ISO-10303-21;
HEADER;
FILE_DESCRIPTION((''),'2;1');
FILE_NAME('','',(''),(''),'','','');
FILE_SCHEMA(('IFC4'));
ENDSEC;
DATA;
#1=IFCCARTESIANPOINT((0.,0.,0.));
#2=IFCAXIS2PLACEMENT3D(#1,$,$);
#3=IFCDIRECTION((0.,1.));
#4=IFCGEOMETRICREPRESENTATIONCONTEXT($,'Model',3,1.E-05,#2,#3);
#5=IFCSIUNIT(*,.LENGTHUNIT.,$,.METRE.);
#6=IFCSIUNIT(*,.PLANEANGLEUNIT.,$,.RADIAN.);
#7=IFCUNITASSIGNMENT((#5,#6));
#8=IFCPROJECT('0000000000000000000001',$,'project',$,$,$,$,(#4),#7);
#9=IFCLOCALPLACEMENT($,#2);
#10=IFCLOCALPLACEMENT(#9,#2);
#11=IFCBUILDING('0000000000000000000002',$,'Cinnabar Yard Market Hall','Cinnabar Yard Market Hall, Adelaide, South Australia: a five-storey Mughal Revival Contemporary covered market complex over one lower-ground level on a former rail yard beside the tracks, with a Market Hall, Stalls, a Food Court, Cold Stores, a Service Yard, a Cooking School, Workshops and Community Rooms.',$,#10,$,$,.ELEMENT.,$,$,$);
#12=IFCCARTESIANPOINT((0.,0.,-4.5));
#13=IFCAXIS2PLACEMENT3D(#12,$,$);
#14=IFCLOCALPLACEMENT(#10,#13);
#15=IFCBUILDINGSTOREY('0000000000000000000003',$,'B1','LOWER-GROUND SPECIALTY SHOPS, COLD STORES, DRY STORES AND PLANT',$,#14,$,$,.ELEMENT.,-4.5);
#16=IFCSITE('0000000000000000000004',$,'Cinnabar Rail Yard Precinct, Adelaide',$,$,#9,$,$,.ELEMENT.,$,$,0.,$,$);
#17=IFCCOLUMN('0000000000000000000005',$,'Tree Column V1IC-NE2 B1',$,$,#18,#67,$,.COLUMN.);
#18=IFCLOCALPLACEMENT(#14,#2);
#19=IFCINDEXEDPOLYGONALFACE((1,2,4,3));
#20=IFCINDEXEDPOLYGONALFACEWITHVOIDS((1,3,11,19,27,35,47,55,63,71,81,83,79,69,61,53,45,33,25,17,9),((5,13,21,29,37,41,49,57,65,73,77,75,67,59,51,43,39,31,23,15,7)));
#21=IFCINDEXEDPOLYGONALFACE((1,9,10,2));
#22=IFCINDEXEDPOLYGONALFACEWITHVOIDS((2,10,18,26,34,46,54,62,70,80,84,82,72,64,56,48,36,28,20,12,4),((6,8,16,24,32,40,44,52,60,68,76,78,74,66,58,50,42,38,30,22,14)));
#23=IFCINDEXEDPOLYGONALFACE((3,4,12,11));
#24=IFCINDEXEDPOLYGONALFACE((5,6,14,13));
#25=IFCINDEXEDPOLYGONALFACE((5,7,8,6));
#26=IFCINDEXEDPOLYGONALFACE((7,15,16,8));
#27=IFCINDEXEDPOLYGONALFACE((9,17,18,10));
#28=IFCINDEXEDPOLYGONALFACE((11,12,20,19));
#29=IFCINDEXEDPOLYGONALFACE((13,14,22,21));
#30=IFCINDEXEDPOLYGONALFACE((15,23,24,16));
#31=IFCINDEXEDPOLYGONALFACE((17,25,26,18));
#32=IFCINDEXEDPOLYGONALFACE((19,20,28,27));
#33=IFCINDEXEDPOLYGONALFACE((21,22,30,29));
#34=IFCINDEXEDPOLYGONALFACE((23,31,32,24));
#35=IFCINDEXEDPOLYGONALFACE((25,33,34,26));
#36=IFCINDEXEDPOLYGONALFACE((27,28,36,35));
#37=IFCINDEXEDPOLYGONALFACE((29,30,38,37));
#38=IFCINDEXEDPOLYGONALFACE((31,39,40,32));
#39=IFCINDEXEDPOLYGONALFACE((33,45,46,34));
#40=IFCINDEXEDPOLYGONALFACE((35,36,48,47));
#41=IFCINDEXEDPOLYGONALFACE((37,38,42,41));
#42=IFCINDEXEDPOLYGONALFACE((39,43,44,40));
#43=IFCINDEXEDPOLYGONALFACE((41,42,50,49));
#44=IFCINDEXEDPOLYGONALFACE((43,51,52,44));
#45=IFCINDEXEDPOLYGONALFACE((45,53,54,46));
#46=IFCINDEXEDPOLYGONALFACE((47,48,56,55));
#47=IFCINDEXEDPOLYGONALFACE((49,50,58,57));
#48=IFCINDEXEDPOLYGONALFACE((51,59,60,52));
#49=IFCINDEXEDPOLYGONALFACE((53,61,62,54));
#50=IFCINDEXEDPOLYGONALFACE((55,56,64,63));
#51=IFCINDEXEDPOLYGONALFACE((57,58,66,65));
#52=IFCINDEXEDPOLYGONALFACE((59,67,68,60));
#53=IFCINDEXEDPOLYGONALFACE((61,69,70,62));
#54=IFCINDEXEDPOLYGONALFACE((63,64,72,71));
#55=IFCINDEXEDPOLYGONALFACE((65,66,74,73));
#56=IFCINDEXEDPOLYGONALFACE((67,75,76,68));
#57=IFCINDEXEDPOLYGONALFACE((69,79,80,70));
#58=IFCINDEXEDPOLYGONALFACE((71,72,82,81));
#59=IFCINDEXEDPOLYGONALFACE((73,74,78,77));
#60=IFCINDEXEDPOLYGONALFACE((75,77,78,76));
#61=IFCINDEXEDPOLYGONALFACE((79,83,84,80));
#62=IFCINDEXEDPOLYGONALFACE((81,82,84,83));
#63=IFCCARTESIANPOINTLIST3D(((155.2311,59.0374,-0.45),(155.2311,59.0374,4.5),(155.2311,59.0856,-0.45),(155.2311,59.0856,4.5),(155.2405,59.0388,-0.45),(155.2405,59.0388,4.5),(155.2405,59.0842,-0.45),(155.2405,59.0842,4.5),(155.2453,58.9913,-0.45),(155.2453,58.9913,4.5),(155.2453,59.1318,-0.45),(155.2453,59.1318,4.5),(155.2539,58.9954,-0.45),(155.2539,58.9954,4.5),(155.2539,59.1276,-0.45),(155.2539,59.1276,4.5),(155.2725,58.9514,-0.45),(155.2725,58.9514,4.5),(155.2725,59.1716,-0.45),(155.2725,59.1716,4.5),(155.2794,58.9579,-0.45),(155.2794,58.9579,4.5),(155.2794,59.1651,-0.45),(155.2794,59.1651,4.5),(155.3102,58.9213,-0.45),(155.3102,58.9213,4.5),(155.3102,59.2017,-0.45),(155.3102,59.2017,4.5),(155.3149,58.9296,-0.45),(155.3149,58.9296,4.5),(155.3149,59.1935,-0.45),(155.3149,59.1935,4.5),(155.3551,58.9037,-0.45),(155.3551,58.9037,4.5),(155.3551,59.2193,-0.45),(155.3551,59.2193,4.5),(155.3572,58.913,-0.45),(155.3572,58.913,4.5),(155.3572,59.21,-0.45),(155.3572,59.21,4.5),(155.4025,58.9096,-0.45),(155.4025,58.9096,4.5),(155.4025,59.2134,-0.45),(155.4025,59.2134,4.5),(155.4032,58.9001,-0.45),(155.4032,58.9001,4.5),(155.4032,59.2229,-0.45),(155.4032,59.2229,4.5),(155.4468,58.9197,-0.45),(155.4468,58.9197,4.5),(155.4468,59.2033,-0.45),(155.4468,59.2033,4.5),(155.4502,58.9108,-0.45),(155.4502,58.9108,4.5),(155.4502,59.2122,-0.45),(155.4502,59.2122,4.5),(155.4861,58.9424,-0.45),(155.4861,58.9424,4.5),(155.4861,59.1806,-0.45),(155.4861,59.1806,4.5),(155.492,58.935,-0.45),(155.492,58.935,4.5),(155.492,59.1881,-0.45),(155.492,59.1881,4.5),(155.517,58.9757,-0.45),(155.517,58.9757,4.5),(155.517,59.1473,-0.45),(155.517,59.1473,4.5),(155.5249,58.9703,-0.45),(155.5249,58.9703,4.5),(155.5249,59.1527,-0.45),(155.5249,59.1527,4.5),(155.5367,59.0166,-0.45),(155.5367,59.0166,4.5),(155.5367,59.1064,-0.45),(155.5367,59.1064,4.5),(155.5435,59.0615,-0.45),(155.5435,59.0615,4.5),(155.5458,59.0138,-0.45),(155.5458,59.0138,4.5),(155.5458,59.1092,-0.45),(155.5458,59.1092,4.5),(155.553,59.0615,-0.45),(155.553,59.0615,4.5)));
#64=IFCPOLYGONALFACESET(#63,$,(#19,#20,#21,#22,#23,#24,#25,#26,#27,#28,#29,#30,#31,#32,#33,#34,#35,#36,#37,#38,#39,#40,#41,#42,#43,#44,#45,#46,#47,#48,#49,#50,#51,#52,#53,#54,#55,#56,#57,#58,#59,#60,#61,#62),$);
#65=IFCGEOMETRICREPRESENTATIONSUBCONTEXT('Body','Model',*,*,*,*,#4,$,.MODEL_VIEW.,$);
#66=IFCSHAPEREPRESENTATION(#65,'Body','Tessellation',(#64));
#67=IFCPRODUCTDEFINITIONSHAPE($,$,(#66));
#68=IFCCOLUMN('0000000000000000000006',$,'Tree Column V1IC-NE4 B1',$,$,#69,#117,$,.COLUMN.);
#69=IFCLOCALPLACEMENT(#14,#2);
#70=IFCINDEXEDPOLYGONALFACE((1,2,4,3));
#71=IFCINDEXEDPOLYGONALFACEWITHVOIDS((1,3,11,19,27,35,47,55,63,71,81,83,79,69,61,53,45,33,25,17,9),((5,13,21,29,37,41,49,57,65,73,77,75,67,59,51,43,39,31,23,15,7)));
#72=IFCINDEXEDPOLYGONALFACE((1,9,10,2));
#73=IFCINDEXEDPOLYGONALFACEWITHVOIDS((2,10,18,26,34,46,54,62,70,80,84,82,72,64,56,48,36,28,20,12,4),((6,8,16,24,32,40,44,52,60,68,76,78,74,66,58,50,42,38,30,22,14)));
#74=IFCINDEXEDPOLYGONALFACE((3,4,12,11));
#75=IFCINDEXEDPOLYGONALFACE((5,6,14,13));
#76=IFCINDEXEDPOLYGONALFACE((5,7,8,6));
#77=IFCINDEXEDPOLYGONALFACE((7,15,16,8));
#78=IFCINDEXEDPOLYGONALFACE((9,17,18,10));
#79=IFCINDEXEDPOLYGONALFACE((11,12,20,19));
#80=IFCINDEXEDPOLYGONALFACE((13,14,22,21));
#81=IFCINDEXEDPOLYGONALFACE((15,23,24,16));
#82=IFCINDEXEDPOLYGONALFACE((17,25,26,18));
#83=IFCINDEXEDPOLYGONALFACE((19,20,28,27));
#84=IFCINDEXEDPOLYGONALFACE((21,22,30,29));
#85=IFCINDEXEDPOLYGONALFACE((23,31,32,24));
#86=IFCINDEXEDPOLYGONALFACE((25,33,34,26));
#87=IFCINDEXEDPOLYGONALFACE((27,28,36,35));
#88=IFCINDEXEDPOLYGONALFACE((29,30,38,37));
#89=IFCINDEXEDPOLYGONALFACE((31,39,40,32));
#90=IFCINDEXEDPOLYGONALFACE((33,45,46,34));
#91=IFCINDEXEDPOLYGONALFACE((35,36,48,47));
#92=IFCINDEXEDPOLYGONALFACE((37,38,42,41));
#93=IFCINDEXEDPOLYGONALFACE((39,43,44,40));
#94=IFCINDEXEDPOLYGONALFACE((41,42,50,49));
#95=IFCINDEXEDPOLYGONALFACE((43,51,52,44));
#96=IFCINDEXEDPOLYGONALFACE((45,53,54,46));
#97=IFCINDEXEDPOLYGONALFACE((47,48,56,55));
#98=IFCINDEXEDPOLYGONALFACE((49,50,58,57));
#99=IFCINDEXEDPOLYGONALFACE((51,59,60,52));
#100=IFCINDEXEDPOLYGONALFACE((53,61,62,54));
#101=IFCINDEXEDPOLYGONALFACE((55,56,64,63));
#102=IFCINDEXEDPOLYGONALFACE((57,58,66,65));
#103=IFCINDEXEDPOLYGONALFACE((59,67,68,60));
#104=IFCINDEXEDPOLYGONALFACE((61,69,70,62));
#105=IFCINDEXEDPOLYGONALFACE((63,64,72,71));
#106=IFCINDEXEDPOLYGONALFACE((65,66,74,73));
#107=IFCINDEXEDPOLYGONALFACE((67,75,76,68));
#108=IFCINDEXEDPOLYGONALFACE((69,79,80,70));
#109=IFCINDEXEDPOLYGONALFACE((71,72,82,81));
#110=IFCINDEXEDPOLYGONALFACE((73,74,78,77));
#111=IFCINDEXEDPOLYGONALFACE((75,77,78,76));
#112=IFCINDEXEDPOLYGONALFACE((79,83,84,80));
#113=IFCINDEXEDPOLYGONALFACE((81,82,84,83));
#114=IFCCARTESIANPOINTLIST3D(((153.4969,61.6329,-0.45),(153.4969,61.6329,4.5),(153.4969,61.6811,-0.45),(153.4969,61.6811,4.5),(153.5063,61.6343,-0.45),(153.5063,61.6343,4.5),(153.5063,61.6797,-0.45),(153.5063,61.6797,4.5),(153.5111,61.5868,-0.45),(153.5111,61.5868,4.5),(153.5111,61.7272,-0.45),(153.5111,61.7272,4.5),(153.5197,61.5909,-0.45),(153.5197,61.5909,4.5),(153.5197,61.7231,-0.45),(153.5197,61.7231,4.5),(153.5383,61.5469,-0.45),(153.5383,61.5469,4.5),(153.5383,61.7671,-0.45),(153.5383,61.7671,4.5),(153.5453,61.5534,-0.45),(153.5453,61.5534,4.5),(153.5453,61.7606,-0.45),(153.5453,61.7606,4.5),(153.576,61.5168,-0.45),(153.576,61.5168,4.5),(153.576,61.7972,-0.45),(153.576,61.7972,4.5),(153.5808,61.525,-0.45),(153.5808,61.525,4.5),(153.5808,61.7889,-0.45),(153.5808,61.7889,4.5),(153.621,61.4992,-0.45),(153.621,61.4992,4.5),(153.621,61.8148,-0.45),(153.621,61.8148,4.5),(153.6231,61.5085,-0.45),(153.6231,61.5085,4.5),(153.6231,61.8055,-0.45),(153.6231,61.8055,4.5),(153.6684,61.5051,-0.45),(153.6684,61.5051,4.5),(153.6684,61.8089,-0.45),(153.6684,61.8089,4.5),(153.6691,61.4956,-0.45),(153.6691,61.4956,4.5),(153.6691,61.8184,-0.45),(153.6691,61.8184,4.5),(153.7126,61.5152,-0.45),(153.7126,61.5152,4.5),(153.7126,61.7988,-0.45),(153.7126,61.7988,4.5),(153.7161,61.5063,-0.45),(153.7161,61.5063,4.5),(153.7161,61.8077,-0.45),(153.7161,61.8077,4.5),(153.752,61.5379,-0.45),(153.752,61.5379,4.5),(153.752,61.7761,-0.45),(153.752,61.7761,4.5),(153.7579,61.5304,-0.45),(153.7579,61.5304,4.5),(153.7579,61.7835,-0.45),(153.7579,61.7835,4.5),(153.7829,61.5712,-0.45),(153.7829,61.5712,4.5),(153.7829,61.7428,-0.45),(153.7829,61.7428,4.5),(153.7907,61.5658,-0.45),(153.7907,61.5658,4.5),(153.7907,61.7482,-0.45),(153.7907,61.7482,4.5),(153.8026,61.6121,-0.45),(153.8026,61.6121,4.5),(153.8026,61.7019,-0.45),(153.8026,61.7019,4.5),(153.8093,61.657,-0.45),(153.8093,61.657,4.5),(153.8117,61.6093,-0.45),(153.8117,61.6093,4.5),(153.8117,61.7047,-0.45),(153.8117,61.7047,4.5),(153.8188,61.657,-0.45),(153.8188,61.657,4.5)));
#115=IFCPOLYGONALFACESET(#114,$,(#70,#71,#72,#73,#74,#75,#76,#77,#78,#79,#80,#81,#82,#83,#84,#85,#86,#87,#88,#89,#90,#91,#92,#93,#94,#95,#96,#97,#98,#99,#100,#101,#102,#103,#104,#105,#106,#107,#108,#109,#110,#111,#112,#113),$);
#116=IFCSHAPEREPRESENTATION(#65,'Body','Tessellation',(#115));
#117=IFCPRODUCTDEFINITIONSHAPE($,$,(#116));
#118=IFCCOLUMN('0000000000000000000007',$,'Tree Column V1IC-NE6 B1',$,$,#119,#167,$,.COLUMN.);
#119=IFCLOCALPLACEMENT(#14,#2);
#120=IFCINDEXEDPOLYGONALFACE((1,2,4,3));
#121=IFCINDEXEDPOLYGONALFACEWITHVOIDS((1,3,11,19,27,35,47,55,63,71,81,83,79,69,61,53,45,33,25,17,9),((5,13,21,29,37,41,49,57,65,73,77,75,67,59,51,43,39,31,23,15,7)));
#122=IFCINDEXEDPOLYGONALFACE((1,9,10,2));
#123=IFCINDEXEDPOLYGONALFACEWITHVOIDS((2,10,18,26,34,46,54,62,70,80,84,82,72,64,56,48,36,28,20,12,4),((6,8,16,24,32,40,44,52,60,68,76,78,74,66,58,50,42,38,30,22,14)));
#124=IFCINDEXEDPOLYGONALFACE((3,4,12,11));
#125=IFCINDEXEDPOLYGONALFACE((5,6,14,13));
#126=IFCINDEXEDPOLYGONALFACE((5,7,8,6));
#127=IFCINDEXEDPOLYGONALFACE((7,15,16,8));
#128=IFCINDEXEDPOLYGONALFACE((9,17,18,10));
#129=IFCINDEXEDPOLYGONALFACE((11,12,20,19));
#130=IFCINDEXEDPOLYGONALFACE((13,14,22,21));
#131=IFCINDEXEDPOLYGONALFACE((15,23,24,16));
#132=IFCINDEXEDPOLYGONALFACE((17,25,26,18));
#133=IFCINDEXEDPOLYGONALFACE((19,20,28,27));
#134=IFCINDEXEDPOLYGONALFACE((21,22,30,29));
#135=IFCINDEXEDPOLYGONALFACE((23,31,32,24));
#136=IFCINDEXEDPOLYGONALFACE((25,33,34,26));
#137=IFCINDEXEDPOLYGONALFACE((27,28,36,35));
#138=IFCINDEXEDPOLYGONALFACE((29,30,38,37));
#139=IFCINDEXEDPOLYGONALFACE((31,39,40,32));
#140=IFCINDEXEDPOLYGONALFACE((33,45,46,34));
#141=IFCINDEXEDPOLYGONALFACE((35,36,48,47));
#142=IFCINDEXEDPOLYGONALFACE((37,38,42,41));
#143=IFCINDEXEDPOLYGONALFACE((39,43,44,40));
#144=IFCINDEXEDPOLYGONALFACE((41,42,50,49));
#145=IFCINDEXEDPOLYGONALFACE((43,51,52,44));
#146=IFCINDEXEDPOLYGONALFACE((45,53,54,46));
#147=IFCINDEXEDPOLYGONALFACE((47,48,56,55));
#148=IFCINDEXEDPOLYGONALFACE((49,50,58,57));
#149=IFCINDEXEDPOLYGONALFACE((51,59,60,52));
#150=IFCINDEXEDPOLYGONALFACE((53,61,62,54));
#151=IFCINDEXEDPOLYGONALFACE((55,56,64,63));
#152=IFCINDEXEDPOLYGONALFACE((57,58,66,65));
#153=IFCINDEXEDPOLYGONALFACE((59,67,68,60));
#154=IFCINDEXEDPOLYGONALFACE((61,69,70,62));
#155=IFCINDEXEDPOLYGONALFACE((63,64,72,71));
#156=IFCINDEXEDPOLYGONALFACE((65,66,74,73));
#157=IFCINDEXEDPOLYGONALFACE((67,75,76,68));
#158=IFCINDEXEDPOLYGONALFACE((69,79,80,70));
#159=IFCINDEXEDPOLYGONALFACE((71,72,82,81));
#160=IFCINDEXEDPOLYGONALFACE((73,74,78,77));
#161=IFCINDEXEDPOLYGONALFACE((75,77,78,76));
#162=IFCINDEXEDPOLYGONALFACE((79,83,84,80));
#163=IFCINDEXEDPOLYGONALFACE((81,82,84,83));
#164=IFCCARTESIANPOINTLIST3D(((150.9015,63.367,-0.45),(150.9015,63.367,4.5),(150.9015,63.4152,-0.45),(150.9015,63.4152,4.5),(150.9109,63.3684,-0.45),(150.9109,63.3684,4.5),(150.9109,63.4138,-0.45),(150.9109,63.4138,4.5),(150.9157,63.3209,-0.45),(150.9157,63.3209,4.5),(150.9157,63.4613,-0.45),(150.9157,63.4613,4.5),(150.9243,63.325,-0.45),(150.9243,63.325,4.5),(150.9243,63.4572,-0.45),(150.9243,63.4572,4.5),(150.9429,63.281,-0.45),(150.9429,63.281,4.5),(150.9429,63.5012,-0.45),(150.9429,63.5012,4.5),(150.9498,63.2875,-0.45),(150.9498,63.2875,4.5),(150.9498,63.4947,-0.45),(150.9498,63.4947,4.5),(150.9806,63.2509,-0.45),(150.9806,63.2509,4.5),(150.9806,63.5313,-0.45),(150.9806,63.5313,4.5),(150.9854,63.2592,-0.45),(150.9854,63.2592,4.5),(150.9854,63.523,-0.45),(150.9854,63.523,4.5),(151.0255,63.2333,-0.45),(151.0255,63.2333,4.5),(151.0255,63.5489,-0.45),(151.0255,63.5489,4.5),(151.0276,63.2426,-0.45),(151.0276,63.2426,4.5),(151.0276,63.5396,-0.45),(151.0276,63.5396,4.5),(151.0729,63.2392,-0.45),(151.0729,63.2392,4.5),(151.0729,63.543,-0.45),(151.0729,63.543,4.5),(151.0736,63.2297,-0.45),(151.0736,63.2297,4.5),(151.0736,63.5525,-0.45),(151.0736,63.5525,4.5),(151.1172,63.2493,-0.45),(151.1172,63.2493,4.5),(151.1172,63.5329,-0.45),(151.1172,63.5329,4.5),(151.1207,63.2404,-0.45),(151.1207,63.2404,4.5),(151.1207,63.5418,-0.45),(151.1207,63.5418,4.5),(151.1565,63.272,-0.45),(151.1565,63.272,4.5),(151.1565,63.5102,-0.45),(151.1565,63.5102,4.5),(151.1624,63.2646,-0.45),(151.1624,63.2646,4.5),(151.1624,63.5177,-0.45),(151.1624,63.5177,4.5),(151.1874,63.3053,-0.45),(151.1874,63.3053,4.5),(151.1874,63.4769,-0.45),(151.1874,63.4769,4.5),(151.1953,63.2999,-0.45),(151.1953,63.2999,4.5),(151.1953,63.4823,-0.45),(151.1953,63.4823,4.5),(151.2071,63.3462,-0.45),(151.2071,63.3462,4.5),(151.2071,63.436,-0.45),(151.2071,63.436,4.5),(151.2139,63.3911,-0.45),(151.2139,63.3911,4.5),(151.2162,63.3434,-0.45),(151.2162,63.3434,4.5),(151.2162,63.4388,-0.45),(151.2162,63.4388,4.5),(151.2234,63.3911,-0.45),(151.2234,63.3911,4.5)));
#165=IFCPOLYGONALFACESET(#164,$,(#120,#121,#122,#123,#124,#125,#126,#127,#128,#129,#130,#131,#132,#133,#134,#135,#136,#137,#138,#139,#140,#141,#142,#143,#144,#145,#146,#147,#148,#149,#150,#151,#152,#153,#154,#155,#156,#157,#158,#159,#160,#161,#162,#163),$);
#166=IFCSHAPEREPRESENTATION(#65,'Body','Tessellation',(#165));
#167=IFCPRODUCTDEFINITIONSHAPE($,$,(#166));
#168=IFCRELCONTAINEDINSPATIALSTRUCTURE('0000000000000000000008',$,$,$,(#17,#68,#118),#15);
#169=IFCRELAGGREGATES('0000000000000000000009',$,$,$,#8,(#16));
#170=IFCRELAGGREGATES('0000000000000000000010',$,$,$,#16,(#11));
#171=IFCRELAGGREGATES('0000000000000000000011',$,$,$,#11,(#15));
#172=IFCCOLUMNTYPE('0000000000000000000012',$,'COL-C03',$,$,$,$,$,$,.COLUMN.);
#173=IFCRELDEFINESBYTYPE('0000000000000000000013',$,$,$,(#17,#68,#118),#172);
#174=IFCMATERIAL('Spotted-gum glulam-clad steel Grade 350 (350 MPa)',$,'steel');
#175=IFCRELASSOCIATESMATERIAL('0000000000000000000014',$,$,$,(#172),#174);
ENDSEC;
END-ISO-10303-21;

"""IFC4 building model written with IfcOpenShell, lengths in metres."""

from ifc_helpers import new_model, si_unit, direction, frame, origin, origin_2d_with_axis, place, context, subcontext, project, spatial, hollow_circle, extrude, material, material_profile, profile_set, type_object, element, save


model = new_model("IFC4")

# Units and contexts
model_context = context("Model", 3, precision=1e-05, world=origin(), true_north=direction((0.0, 1.0)))
body_context = subcontext(model_context, "Body", "Model", "MODEL_VIEW")
ifc_project = project(units=[si_unit("LENGTHUNIT", "METRE"), si_unit("PLANEANGLEUNIT", "RADIAN")], contexts=[model_context])

# Site, building, storey
site_placement = place(None, origin())
site = spatial("IfcSite", under=ifc_project, at=site_placement, Name="Cinnabar Rail Yard Precinct, Adelaide", CompositionType="ELEMENT", RefElevation=0.0)
building_placement = place(site_placement, origin())
building = spatial("IfcBuilding", under=site, at=building_placement, Name="Cinnabar Yard Market Hall", Description="Cinnabar Yard Market Hall, Adelaide, South Australia: a five-storey Mughal Revival Contemporary covered market complex over one lower-ground level on a former rail yard beside the tracks, with a Market Hall, Stalls, a Food Court, Cold Stores, a Service Yard, a Cooking School, Workshops and Community Rooms.", CompositionType="ELEMENT")
storey_placement = place(building_placement, frame((0.0, 0.0, -4.5)))
storey = spatial("IfcBuildingStorey", under=building, at=storey_placement, Name="B1", Description="LOWER-GROUND SPECIALTY SHOPS, COLD STORES, DRY STORES AND PLANT", CompositionType="ELEMENT", Elevation=-4.5)

# Columns
ifc_material_1 = material(Name="Spotted-gum glulam-clad steel Grade 350 (350 MPa)", Category="steel")
ifc_material_profile_1 = material_profile(ifc_material_1, hollow_circle(Radius=0.1619, WallThickness=0.0095, at=origin_2d_with_axis()), Name="323.9x9.5CHS")
ifc_profile_set_1 = profile_set([ifc_material_profile_1], Name="Spotted-gum glulam-clad steel Grade 350 (350 MPa)")
column_type_1 = type_object("IfcColumnType", Name="COL-C03", PredefinedType="COLUMN", material=ifc_profile_set_1)
for number, where, z_axis, x_axis, name in (
    (1, (155.3911, 59.0615, -0.45), (0.0, 0.0, 1.0), (1.0, 0.0, 0.0), "Tree Column V1IC-NE2 B1"),
    (2, (153.657, 61.657, -0.45), (0.0, 0.0, 1.0), (1.0, 0.0, 0.0), "Tree Column V1IC-NE4 B1"),
    (3, (151.0615, 63.3911, -0.45), (0.0, 0.0, 1.0), (1.0, 0.0, 0.0), "Tree Column V1IC-NE6 B1"),
):
    element("IfcColumn", number, at=place(storey_placement, frame(where, z_axis=z_axis, x_axis=x_axis)), inside=storey, type_object=column_type_1, Name=name, PredefinedType="COLUMN", context=body_context, shape_type="SweptSolid", body=[
        extrude(hollow_circle(Radius=0.1619, WallThickness=0.0095, at=origin_2d_with_axis()), origin(), (0.0, 0.0, 1.0), 4.95),
    ])

save(model, "model.ifc")
